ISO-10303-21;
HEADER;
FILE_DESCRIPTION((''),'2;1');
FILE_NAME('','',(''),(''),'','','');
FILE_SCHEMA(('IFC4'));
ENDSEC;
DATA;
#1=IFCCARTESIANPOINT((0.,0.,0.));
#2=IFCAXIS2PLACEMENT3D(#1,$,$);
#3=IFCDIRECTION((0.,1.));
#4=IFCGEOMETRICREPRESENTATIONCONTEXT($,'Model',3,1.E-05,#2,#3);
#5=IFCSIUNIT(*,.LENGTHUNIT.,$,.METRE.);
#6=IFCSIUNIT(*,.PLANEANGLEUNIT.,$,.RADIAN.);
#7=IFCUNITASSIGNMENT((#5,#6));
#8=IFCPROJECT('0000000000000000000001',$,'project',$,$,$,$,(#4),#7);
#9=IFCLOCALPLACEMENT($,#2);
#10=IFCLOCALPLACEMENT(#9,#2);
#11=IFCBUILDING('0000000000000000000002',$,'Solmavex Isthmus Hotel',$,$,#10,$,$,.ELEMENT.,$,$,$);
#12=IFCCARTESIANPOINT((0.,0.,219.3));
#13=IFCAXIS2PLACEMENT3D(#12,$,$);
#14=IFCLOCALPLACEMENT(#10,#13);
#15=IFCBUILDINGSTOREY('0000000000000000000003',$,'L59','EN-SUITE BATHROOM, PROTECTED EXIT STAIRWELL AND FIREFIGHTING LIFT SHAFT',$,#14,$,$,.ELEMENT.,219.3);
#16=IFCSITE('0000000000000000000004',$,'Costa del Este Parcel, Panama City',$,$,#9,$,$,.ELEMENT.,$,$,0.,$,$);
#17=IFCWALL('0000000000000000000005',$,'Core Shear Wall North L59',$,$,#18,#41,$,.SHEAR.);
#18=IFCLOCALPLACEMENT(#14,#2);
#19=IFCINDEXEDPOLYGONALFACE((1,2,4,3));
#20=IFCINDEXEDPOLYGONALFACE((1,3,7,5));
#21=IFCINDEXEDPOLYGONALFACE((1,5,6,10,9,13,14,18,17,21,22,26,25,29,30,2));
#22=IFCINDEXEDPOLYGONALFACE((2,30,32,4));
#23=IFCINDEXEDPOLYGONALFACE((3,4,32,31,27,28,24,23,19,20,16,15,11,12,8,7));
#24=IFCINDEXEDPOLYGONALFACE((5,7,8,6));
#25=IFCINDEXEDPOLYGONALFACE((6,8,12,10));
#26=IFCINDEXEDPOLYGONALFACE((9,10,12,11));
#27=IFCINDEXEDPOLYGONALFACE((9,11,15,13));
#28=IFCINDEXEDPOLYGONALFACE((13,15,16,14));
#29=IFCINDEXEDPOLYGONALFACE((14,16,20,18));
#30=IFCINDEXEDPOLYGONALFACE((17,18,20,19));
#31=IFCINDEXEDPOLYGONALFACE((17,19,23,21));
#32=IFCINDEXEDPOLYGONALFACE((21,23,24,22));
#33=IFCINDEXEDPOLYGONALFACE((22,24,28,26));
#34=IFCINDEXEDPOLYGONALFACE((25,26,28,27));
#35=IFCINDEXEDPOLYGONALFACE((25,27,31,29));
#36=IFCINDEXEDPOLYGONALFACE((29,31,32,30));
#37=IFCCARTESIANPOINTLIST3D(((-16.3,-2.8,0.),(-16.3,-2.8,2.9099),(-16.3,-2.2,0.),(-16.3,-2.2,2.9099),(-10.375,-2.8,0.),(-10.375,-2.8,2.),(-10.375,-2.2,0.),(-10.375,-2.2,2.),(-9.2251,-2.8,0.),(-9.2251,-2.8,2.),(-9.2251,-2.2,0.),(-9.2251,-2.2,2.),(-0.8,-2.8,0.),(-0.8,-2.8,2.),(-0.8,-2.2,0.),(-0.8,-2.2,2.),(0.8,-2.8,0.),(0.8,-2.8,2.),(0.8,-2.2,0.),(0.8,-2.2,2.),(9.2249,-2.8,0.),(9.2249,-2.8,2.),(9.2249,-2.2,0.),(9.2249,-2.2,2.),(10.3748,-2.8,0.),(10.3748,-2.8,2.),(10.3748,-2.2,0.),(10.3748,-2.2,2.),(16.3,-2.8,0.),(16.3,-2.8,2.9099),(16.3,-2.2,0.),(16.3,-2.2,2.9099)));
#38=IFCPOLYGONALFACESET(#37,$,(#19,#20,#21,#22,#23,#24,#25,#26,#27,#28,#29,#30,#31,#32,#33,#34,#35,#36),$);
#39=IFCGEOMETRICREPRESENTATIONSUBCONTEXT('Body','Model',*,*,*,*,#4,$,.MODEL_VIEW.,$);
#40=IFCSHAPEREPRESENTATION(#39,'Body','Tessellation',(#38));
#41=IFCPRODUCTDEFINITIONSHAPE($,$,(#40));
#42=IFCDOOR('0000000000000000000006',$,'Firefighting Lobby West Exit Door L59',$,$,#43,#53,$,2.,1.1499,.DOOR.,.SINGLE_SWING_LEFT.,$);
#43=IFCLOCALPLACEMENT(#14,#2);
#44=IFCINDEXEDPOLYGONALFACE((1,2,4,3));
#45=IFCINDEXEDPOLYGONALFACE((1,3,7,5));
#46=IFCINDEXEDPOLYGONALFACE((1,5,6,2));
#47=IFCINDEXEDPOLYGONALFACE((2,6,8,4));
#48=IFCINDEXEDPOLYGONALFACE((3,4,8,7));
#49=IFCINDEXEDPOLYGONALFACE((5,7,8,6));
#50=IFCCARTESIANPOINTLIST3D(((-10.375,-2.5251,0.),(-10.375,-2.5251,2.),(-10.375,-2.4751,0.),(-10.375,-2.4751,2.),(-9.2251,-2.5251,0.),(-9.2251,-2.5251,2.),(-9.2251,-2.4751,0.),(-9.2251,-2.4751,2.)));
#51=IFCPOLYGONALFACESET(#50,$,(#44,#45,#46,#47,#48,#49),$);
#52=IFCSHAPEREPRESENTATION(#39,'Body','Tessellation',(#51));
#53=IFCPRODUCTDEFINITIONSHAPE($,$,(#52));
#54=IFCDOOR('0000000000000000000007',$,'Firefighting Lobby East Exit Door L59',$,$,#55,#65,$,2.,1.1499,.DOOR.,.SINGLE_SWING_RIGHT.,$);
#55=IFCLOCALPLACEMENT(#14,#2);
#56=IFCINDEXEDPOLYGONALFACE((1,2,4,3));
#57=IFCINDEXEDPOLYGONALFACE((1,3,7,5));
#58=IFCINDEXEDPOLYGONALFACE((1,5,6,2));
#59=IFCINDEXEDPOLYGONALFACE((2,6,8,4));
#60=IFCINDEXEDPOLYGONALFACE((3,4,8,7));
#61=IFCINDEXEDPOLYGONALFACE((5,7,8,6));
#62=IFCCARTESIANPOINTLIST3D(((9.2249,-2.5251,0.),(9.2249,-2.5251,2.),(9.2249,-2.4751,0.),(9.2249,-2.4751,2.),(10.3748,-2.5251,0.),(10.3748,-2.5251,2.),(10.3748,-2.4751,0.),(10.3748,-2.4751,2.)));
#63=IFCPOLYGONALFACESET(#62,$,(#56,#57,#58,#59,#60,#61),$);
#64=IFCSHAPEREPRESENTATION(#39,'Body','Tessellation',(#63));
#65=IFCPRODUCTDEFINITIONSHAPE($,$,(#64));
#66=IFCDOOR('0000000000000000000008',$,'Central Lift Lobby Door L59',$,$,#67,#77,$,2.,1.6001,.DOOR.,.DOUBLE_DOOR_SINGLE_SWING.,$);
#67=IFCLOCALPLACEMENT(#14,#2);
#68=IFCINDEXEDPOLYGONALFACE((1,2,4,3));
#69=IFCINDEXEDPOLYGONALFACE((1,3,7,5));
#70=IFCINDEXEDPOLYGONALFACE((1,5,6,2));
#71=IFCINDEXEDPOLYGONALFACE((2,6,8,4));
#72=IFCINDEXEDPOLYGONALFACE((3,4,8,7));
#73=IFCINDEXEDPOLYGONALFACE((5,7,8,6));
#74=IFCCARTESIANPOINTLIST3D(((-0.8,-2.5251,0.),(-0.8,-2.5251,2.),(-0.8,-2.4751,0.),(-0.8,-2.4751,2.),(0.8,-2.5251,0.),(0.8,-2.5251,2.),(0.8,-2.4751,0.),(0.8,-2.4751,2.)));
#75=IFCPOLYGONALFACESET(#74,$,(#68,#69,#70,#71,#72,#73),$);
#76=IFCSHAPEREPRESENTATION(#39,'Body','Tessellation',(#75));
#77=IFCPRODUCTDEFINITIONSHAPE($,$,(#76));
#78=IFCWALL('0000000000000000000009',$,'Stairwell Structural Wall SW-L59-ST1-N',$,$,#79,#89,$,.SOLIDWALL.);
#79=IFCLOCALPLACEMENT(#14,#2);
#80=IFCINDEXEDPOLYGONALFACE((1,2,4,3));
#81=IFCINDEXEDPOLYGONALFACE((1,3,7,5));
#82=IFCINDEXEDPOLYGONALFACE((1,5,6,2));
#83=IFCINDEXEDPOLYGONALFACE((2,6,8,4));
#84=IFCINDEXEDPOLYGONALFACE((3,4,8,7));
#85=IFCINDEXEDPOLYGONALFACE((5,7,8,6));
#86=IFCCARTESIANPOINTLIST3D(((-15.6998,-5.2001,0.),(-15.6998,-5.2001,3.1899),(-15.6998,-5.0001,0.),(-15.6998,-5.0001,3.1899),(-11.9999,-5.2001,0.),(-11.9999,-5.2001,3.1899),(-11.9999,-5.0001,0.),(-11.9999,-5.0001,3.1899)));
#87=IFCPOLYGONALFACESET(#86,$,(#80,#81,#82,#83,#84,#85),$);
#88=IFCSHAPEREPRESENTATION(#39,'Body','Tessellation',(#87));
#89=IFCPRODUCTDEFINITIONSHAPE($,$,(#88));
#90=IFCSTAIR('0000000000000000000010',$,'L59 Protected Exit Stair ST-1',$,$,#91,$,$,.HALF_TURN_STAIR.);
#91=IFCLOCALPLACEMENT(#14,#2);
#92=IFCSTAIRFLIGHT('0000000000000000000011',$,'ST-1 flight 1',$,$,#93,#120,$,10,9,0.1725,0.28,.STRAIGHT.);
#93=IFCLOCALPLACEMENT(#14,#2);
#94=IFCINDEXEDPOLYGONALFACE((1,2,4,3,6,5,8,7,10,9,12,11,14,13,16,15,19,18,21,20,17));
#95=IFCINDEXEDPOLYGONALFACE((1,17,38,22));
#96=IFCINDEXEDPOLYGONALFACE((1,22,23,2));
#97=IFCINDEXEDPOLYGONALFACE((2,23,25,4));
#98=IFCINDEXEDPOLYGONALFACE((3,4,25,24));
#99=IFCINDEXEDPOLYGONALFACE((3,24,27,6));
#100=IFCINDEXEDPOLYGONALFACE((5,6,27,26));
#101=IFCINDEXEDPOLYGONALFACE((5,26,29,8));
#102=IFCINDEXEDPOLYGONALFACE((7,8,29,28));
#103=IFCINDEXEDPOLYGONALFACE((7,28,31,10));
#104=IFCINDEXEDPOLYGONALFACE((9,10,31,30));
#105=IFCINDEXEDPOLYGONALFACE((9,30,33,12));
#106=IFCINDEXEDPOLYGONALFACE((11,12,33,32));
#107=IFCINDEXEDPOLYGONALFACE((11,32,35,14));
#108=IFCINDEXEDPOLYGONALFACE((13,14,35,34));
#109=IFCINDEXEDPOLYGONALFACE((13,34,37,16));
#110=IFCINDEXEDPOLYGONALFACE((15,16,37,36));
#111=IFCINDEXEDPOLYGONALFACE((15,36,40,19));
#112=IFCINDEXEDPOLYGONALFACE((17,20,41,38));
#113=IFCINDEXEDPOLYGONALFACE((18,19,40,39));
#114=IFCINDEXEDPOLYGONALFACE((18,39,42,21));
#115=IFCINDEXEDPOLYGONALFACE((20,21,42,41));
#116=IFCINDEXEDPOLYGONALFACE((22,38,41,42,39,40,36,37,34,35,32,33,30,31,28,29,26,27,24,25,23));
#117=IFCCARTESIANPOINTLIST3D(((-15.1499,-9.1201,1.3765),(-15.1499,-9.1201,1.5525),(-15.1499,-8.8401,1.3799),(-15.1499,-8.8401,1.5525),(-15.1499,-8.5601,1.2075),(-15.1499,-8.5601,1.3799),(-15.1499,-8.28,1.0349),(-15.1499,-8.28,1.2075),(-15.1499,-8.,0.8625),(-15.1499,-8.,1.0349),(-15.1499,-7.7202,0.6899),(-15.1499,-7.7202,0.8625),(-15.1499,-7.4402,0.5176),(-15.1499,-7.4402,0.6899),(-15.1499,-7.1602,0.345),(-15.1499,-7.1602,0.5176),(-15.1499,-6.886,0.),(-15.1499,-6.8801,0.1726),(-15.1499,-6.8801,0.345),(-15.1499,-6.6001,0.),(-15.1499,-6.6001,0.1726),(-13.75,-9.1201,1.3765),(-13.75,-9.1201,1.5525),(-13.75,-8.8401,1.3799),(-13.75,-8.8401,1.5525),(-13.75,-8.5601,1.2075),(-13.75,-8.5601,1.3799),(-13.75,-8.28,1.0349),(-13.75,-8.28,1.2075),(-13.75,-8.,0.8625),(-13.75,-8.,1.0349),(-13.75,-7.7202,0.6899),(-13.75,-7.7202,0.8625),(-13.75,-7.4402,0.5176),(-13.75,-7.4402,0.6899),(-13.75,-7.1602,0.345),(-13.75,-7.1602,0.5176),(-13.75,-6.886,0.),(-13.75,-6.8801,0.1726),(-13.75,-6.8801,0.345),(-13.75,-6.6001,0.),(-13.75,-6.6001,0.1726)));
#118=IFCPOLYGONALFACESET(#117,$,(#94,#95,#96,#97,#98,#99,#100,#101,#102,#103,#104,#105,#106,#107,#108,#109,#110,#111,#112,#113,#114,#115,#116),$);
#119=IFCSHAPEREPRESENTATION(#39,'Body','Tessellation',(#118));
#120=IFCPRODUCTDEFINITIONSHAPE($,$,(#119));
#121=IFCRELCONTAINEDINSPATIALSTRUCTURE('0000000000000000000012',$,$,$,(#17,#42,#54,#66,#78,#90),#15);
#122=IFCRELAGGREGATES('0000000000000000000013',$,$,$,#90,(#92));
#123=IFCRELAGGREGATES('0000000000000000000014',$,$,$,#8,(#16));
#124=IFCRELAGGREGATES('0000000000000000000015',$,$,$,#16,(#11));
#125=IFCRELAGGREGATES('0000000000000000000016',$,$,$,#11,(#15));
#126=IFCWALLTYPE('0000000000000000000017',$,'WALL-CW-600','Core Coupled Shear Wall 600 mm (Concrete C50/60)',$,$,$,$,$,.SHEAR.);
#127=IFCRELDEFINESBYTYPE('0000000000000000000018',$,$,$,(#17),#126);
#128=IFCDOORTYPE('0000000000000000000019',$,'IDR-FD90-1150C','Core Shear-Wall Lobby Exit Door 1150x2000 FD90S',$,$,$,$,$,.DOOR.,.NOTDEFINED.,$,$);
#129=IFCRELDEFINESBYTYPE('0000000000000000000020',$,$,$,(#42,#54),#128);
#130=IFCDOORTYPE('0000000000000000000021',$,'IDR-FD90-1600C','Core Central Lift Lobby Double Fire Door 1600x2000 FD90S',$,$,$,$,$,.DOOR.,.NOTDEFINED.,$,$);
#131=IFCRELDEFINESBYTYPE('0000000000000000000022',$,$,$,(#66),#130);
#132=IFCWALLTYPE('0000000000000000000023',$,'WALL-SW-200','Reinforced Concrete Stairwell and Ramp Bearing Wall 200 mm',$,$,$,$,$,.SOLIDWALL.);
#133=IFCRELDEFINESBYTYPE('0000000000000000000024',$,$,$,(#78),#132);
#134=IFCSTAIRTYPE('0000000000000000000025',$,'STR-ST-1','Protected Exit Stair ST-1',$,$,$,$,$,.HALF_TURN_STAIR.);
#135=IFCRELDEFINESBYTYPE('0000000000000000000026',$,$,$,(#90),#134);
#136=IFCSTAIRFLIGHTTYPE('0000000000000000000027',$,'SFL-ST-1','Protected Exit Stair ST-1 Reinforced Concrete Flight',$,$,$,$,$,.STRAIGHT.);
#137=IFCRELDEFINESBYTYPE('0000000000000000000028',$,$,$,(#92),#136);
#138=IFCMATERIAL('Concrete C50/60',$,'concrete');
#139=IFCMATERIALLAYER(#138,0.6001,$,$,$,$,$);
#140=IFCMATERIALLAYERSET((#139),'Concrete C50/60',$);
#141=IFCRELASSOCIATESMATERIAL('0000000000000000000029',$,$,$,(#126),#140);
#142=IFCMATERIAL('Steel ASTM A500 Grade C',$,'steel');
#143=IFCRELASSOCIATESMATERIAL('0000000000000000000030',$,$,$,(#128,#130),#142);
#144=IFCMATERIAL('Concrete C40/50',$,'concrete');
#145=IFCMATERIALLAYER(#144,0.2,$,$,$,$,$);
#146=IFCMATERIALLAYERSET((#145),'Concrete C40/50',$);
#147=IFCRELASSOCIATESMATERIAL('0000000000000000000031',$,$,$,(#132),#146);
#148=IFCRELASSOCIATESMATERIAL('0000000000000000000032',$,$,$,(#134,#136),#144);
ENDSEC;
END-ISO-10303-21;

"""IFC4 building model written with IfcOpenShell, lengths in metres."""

from ifc_helpers import new_model, si_unit, direction, frame, frame_2d, origin, place, context, subcontext, project, spatial, polyline, rectangle, outline, extrude, material, layer, layer_set, type_object, element, fill, aggregate, save


model = new_model("IFC4")

# Units and contexts
model_context = context("Model", 3, precision=1e-05, world=origin(), true_north=direction((0.0, 1.0)))
body_context = subcontext(model_context, "Body", "Model", "MODEL_VIEW")
ifc_project = project(units=[si_unit("LENGTHUNIT", "METRE"), si_unit("PLANEANGLEUNIT", "RADIAN")], contexts=[model_context])

# Site, building, storey
site_placement = place(None, origin())
site = spatial("IfcSite", under=ifc_project, at=site_placement, Name="Costa del Este Parcel, Panama City", CompositionType="ELEMENT", RefElevation=0.0)
building_placement = place(site_placement, origin())
building = spatial("IfcBuilding", under=site, at=building_placement, Name="Solmavex Isthmus Hotel", CompositionType="ELEMENT")
storey_placement = place(building_placement, frame((0.0, 0.0, 219.3)))
storey = spatial("IfcBuildingStorey", under=building, at=storey_placement, Name="L59", Description="EN-SUITE BATHROOM, PROTECTED EXIT STAIRWELL AND FIREFIGHTING LIFT SHAFT", CompositionType="ELEMENT", Elevation=219.3)

# Shared definitions
ifc_material_1 = material(Name="Concrete C50/60", Category="concrete")

# Shared definitions
ifc_material_2 = material(Name="Steel ASTM A500 Grade C", Category="steel")

# Wall, openings, doors
ifc_layer_1 = layer(ifc_material_1, 0.6001)
ifc_layer_set_1 = layer_set([ifc_layer_1], Name="Concrete C50/60")
wall_type_1 = type_object("IfcWallType", Name="WALL-CW-600", Description="Core Coupled Shear Wall 600 mm (Concrete C50/60)", PredefinedType="SHEAR", material=ifc_layer_set_1)
wall_1_placement = place(storey_placement, frame((-16.3, -2.5, 0.0), z_axis=(0.0, 0.0, 1.0), x_axis=(1.0, 0.0, 0.0)))
wall_1 = element("IfcWall", 1, at=wall_1_placement, inside=storey, type_object=wall_type_1, Name="Core Shear Wall North L59", PredefinedType="SHEAR", context=body_context, shape_type="SweptSolid", body=[
    extrude(rectangle(XDim=32.6001, YDim=0.6001, at=frame_2d((16.3, 0.0))), origin(), (0.0, 0.0, 1.0), 2.9099),
])
opening_1_placement = place(wall_1_placement, frame((5.925, 0.0, 0.0)))
opening_1 = element("IfcOpeningElement", 2, at=opening_1_placement, cuts=wall_1, PredefinedType="OPENING", context=body_context, shape_type="SweptSolid", body=[
    extrude(rectangle(XDim=1.1499, YDim=2.0, at=frame_2d((0.575, 1.0))), frame((0.0, 0.3101, 0.0), z_axis=(0.0, -1.0, 0.0), x_axis=(1.0, 0.0, 0.0)), (0.0, 0.0, 1.0), 0.6201),
])
opening_2_placement = place(wall_1_placement, frame((15.5, 0.0, 0.0)))
opening_2 = element("IfcOpeningElement", 3, at=opening_2_placement, cuts=wall_1, PredefinedType="OPENING", context=body_context, shape_type="SweptSolid", body=[
    extrude(rectangle(XDim=1.6001, YDim=2.0, at=frame_2d((0.8, 1.0))), frame((0.0, 0.3101, 0.0), z_axis=(0.0, -1.0, 0.0), x_axis=(1.0, 0.0, 0.0)), (0.0, 0.0, 1.0), 0.6201),
])
opening_3_placement = place(wall_1_placement, frame((25.5249, 0.0, 0.0)))
opening_3 = element("IfcOpeningElement", 4, at=opening_3_placement, cuts=wall_1, PredefinedType="OPENING", context=body_context, shape_type="SweptSolid", body=[
    extrude(rectangle(XDim=1.1499, YDim=2.0, at=frame_2d((0.575, 1.0))), frame((0.0, 0.3101, 0.0), z_axis=(0.0, -1.0, 0.0), x_axis=(1.0, 0.0, 0.0)), (0.0, 0.0, 1.0), 0.6201),
])
door_type_1 = type_object("IfcDoorType", Name="IDR-FD90-1150C", Description="Core Shear-Wall Lobby Exit Door 1150x2000 FD90S", OperationType="NOTDEFINED", PredefinedType="DOOR", material=ifc_material_2)
door_1_placement = place(opening_1_placement, origin())
door_1 = element("IfcDoor", 5, at=door_1_placement, inside=storey, type_object=door_type_1, Name="Firefighting Lobby West Exit Door L59", OperationType="SINGLE_SWING_LEFT", OverallHeight=2.0, OverallWidth=1.1499, PredefinedType="DOOR", context=body_context, shape_type="SweptSolid", body=[
    extrude(rectangle(XDim=1.1499, YDim=2.0, at=frame_2d((0.575, 1.0))), frame((0.0, 0.0249, 0.0), z_axis=(0.0, -1.0, 0.0), x_axis=(1.0, 0.0, 0.0)), (0.0, 0.0, 1.0), 0.05),
])
fill(opening_1, door_1)
door_2_placement = place(opening_3_placement, origin())
door_2 = element("IfcDoor", 6, at=door_2_placement, inside=storey, type_object=door_type_1, Name="Firefighting Lobby East Exit Door L59", OperationType="SINGLE_SWING_RIGHT", OverallHeight=2.0, OverallWidth=1.1499, PredefinedType="DOOR", context=body_context, shape_type="SweptSolid", body=[
    extrude(rectangle(XDim=1.1499, YDim=2.0, at=frame_2d((0.575, 1.0))), frame((0.0, 0.0249, 0.0), z_axis=(0.0, -1.0, 0.0), x_axis=(1.0, 0.0, 0.0)), (0.0, 0.0, 1.0), 0.05),
])
fill(opening_3, door_2)
door_type_2 = type_object("IfcDoorType", Name="IDR-FD90-1600C", Description="Core Central Lift Lobby Double Fire Door 1600x2000 FD90S", OperationType="NOTDEFINED", PredefinedType="DOOR", material=ifc_material_2)
door_3_placement = place(opening_2_placement, origin())
door_3 = element("IfcDoor", 7, at=door_3_placement, inside=storey, type_object=door_type_2, Name="Central Lift Lobby Door L59", OperationType="DOUBLE_DOOR_SINGLE_SWING", OverallHeight=2.0, OverallWidth=1.6001, PredefinedType="DOOR", context=body_context, shape_type="SweptSolid", body=[
    extrude(rectangle(XDim=1.6001, YDim=2.0, at=frame_2d((0.8, 1.0))), frame((0.0, 0.0249, 0.0), z_axis=(0.0, -1.0, 0.0), x_axis=(1.0, 0.0, 0.0)), (0.0, 0.0, 1.0), 0.05),
])
fill(opening_2, door_3)

# Wall
ifc_material_3 = material(Name="Concrete C40/50", Category="concrete")
ifc_layer_2 = layer(ifc_material_3, 0.2)
ifc_layer_set_2 = layer_set([ifc_layer_2], Name="Concrete C40/50")
wall_type_2 = type_object("IfcWallType", Name="WALL-SW-200", Description="Reinforced Concrete Stairwell and Ramp Bearing Wall 200 mm", PredefinedType="SOLIDWALL", material=ifc_layer_set_2)
wall_2_placement = place(storey_placement, frame((-15.7, -5.1001, 0.0), z_axis=(0.0, 0.0, 1.0), x_axis=(1.0, 0.0, 0.0)))
element("IfcWall", 8, at=wall_2_placement, inside=storey, type_object=wall_type_2, Name="Stairwell Structural Wall SW-L59-ST1-N", PredefinedType="SOLIDWALL", context=body_context, shape_type="SweptSolid", body=[
    extrude(rectangle(XDim=3.7, YDim=0.2, at=frame_2d((1.8501, 0.0))), origin(), (0.0, 0.0, 1.0), 3.1899),
])

# Stair, stair flight
stair_type = type_object("IfcStairType", Name="STR-ST-1", Description="Protected Exit Stair ST-1", PredefinedType="HALF_TURN_STAIR", material=ifc_material_3)
stair_placement = place(storey_placement, origin())
stair = element("IfcStair", 9, at=stair_placement, inside=storey, type_object=stair_type, Name="L59 Protected Exit Stair ST-1", PredefinedType="HALF_TURN_STAIR")
stair_flight_type = type_object("IfcStairFlightType", Name="SFL-ST-1", Description="Protected Exit Stair ST-1 Reinforced Concrete Flight", PredefinedType="STRAIGHT", material=ifc_material_3)
stair_flight_placement = place(storey_placement, frame((-14.45, -6.6001, 0.0), z_axis=(0.0, 0.0, 1.0), x_axis=(0.0, -1.0, 0.0)))
stair_flight = element("IfcStairFlight", 10, at=stair_flight_placement, type_object=stair_flight_type, Name="ST-1 flight 1", NumberOfRisers=10, NumberOfTreads=9, PredefinedType="STRAIGHT", RiserHeight=0.1725, TreadLength=0.28, context=body_context, shape_type="SweptSolid", body=[
    extrude(outline(polyline([(0.0, 0.0), (0.0, 0.1726), (0.28, 0.1726), (0.28, 0.345), (0.5601, 0.345), (0.5601, 0.5176), (0.8401, 0.5176), (0.8401, 0.6899), (1.1201, 0.6899), (1.1201, 0.8625), (1.3999, 0.8625), (1.3999, 1.0349), (1.6799, 1.0349), (1.6799, 1.2075), (1.96, 1.2075), (1.96, 1.3799), (2.24, 1.3799), (2.24, 1.5525), (2.52, 1.5525), (2.52, 1.7251), (2.52, 1.3765), (0.2859, 0.0), (0.0, 0.0)])), frame((0.0, 0.7, 0.0), z_axis=(0.0, -1.0, 0.0), x_axis=(1.0, 0.0, 0.0)), (0.0, 0.0, 1.0), 1.3999),
])
aggregate(stair, [stair_flight])

save(model, "model.ifc")
